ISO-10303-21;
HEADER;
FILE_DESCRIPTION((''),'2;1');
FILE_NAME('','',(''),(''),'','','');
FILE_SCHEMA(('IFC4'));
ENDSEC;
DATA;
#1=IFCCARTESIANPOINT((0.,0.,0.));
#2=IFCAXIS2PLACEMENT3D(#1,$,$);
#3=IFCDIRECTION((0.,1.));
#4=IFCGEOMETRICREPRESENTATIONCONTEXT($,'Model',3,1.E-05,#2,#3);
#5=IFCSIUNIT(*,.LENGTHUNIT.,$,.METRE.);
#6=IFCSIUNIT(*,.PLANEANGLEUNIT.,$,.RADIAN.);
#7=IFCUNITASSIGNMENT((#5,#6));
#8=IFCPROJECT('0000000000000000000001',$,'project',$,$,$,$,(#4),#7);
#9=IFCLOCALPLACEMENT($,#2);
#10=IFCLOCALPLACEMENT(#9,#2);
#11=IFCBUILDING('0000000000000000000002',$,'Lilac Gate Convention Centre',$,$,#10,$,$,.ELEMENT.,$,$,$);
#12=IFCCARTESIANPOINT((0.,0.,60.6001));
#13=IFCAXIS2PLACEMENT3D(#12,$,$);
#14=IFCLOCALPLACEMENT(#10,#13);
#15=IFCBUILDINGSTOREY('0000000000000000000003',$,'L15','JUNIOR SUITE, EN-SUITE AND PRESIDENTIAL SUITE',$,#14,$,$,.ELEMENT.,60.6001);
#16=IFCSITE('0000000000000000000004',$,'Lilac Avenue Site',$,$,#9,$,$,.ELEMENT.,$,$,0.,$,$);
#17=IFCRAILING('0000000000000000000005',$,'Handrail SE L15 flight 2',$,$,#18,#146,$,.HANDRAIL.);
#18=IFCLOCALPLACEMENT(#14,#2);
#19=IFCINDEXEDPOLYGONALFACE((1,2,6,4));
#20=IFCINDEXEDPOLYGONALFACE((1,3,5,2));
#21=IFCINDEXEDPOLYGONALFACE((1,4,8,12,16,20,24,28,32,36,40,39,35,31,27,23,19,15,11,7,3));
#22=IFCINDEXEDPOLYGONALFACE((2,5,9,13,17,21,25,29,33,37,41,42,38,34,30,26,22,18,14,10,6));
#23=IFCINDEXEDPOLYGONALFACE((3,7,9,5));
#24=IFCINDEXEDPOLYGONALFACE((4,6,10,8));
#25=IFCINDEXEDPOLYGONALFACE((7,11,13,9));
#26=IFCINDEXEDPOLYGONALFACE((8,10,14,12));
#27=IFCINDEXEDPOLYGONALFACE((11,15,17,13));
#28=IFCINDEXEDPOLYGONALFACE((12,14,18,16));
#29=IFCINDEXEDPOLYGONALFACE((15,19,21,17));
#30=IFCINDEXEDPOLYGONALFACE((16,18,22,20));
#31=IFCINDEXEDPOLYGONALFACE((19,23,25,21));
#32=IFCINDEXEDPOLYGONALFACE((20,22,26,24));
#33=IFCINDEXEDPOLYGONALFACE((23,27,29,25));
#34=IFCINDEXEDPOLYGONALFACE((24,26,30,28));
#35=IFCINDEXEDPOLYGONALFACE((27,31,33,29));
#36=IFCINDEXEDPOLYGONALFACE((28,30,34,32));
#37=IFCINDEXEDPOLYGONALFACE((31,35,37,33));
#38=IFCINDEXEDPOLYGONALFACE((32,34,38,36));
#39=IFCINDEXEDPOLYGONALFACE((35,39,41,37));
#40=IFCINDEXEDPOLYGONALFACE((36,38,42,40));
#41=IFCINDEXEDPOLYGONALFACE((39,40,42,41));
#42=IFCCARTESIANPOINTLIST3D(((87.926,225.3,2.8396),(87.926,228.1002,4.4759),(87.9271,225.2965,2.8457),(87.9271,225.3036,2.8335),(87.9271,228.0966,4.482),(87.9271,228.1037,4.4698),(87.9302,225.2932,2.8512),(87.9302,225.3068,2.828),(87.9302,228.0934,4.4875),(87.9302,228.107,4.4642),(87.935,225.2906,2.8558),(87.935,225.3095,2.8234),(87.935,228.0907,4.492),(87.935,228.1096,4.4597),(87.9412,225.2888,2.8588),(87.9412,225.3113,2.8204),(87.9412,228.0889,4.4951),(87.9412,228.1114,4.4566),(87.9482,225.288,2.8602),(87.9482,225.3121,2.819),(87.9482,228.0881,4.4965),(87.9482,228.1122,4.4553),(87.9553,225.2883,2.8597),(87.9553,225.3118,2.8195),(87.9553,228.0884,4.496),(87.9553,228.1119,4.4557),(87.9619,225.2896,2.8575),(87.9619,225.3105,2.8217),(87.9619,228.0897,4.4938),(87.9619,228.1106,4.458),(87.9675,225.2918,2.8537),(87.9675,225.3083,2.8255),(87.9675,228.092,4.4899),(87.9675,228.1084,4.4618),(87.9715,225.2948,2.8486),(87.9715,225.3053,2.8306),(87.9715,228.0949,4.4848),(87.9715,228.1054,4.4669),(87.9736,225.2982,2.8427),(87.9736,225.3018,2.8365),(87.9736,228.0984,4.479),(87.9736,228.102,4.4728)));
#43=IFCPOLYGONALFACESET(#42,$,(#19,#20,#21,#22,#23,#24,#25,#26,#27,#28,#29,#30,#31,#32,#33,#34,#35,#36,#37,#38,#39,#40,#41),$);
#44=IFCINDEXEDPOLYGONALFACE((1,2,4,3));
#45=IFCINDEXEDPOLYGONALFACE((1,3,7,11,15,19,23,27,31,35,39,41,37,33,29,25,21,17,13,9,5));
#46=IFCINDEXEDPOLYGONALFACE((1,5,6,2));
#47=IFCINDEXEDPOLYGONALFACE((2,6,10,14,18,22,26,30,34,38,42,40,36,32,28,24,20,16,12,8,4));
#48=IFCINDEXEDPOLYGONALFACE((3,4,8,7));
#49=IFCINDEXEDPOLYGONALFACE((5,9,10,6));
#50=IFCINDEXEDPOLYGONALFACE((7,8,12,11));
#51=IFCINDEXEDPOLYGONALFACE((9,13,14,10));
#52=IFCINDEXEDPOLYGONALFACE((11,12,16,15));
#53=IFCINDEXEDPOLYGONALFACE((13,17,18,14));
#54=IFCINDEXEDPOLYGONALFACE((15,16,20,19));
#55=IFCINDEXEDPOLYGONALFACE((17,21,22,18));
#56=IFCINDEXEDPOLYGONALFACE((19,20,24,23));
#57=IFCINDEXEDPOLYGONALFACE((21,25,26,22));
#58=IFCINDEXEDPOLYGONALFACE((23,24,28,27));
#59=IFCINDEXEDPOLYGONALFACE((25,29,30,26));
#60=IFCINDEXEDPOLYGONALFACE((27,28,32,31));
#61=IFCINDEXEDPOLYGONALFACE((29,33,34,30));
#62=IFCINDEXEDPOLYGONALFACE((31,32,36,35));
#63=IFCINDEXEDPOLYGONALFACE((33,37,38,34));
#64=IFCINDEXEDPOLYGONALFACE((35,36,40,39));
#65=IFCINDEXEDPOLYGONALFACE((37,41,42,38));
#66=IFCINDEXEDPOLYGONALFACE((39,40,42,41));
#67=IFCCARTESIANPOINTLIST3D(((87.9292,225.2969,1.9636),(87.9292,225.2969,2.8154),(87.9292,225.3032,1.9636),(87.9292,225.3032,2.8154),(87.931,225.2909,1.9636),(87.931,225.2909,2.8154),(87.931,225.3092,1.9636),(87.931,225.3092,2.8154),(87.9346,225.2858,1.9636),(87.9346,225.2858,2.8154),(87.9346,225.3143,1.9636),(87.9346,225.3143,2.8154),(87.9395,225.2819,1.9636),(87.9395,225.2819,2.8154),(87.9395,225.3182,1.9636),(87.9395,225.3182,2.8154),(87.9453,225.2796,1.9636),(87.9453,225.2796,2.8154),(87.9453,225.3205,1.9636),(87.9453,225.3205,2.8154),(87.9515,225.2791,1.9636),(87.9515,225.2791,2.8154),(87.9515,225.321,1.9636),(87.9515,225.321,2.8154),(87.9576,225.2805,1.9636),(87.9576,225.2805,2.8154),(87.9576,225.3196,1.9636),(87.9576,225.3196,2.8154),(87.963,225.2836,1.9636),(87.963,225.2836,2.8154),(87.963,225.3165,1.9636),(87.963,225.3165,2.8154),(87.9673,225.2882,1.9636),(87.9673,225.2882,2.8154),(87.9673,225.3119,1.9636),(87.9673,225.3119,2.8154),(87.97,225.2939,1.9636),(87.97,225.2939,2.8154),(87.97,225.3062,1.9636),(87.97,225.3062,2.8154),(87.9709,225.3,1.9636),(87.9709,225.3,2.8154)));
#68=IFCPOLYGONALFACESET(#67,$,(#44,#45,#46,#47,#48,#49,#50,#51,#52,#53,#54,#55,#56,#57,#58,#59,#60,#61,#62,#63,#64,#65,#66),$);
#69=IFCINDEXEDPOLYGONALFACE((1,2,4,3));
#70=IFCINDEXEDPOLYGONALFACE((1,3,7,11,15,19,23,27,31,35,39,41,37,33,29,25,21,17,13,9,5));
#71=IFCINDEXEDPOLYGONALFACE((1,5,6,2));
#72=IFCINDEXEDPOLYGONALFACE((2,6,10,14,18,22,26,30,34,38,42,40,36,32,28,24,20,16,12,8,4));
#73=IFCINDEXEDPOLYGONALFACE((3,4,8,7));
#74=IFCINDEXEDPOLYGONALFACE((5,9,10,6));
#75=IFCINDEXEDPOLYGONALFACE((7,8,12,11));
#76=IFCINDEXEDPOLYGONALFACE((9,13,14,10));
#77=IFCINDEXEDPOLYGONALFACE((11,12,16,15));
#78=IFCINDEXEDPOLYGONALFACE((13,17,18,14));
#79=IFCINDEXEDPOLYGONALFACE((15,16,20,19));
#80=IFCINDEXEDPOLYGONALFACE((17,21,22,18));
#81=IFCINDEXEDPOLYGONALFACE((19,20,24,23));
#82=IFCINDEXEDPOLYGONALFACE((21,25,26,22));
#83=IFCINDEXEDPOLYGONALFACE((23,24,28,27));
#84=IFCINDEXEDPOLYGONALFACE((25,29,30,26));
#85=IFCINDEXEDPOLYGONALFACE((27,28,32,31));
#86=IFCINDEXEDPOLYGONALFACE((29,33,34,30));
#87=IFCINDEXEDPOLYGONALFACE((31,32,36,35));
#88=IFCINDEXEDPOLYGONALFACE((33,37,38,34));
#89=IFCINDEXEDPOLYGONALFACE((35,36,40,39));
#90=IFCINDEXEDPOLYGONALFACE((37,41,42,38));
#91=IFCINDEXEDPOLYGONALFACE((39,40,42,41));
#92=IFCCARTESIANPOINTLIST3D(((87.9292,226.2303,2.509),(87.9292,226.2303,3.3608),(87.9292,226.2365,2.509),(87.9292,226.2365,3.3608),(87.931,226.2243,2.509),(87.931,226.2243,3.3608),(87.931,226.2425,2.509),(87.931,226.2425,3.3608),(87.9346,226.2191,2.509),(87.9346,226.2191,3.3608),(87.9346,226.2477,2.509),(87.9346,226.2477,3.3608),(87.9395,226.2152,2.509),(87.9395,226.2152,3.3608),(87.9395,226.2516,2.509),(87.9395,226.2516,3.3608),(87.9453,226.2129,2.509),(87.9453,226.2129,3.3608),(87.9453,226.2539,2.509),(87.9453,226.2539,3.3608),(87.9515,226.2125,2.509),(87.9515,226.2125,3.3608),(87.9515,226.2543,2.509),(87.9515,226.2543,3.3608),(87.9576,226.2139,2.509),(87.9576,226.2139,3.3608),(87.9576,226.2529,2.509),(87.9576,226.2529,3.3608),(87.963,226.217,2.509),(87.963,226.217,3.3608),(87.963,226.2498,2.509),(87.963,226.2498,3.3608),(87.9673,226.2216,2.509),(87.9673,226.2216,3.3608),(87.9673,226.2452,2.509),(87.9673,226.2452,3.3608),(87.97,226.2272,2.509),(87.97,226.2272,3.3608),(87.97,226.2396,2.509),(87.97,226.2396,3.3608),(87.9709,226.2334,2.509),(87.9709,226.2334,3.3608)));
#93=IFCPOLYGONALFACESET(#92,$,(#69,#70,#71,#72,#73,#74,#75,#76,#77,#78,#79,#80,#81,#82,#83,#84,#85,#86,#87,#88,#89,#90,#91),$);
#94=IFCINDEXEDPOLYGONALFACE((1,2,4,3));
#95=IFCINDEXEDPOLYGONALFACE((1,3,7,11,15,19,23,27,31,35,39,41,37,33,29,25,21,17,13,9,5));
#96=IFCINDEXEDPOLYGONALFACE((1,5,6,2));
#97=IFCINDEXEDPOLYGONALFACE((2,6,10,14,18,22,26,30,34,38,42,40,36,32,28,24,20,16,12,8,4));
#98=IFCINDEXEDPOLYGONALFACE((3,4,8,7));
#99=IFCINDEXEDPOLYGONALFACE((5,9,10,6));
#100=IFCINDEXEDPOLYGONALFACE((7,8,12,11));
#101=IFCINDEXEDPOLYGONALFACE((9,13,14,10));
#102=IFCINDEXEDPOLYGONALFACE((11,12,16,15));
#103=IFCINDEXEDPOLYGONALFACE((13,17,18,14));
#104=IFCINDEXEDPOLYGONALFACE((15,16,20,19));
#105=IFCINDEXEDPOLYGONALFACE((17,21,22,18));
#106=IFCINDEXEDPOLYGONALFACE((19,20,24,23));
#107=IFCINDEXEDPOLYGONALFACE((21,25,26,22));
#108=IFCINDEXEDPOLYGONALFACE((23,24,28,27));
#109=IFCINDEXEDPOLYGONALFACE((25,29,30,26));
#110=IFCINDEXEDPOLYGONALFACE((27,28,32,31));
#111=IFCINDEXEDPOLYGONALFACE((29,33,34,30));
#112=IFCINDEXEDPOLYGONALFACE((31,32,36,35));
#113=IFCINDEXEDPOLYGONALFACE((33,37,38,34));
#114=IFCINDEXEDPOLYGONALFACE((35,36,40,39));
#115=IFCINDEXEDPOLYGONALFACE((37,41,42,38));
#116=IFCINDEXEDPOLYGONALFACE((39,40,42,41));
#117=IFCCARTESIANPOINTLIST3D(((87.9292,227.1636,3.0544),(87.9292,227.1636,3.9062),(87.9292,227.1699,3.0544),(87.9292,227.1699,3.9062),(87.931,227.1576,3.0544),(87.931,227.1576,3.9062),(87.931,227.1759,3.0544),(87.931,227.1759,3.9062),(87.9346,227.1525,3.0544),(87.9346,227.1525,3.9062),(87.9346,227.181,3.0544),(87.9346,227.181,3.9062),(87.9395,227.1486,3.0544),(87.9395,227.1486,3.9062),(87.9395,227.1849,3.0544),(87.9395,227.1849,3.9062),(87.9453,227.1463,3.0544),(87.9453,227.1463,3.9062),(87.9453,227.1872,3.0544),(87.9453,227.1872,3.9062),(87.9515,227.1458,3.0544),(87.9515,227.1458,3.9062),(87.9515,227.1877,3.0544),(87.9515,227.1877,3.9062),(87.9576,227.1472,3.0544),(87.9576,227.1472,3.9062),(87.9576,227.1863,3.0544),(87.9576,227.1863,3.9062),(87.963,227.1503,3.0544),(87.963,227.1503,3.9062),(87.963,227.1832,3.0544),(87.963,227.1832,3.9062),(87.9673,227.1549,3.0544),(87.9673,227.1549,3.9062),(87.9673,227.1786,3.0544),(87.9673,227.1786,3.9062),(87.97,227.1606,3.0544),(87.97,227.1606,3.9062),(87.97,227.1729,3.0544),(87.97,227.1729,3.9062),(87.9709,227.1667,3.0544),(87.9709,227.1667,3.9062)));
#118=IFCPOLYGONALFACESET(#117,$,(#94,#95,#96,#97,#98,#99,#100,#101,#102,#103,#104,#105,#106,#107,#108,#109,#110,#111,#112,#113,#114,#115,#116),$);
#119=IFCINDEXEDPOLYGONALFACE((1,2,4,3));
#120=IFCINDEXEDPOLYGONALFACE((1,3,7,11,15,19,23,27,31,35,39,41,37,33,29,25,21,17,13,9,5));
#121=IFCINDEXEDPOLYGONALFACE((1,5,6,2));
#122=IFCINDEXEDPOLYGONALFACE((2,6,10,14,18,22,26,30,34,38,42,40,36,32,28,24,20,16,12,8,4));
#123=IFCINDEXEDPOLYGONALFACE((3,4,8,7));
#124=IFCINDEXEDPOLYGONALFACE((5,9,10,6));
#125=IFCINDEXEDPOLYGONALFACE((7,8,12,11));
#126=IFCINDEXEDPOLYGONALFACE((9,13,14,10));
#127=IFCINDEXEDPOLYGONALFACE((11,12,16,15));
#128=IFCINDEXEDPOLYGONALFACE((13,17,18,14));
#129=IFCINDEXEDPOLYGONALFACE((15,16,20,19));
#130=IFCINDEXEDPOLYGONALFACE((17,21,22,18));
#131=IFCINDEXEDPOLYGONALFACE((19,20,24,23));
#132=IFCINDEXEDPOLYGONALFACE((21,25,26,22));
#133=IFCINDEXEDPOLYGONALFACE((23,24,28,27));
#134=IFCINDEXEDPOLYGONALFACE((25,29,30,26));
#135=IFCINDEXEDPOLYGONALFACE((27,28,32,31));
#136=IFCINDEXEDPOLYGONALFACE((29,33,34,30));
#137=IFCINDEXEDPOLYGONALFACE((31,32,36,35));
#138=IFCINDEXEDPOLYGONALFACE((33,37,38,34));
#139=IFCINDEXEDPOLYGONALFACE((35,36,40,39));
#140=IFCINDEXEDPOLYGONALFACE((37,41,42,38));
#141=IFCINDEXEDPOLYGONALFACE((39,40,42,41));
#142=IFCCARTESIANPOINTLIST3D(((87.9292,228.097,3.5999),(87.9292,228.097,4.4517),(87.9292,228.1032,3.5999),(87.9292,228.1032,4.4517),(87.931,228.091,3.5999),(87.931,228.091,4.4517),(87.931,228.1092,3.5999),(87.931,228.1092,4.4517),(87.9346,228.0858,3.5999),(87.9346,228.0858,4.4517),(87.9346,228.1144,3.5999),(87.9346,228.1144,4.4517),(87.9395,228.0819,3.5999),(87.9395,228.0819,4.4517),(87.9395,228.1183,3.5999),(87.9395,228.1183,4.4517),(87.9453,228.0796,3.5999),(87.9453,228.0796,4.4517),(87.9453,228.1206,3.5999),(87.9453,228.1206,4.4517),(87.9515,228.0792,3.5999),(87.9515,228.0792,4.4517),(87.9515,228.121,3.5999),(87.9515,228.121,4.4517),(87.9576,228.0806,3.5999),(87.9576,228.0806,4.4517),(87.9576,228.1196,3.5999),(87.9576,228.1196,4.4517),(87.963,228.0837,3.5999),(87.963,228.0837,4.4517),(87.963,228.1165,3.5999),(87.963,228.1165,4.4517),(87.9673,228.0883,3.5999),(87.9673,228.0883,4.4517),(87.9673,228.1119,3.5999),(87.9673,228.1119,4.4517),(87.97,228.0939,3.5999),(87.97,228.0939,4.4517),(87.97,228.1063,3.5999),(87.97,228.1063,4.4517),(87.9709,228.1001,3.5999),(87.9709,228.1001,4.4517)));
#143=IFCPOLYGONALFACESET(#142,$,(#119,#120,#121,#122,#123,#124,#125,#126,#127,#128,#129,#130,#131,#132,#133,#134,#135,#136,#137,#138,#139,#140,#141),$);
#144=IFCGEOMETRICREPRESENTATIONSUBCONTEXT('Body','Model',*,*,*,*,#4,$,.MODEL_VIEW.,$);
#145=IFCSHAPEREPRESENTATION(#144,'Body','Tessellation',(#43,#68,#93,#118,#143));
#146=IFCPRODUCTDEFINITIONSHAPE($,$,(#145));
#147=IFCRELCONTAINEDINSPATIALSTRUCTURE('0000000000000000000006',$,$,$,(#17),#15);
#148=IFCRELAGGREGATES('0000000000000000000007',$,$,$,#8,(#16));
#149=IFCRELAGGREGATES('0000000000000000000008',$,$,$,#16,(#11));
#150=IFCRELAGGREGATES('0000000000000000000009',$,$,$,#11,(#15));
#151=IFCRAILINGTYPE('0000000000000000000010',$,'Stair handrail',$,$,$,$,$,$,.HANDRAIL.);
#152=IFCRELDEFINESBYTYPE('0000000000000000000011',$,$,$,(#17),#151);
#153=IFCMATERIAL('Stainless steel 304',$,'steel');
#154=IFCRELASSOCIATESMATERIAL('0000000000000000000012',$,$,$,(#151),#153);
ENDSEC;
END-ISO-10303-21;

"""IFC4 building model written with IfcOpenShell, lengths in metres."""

from ifc_helpers import new_model, si_unit, direction, frame, origin, origin_2d, place, context, subcontext, project, spatial, circle, extrude, material, type_object, element, save


model = new_model("IFC4")

# Units and contexts
model_context = context("Model", 3, precision=1e-05, world=origin(), true_north=direction((0.0, 1.0)))
body_context = subcontext(model_context, "Body", "Model", "MODEL_VIEW")
ifc_project = project(units=[si_unit("LENGTHUNIT", "METRE"), si_unit("PLANEANGLEUNIT", "RADIAN")], contexts=[model_context])

# Site, building, storey
site_placement = place(None, origin())
site = spatial("IfcSite", under=ifc_project, at=site_placement, Name="Lilac Avenue Site", CompositionType="ELEMENT", RefElevation=0.0)
building_placement = place(site_placement, origin())
building = spatial("IfcBuilding", under=site, at=building_placement, Name="Lilac Gate Convention Centre", CompositionType="ELEMENT")
storey_placement = place(building_placement, frame((0.0, 0.0, 60.6001)))
storey = spatial("IfcBuildingStorey", under=building, at=storey_placement, Name="L15", Description="JUNIOR SUITE, EN-SUITE AND PRESIDENTIAL SUITE", CompositionType="ELEMENT", Elevation=60.6001)

# Railing
ifc_material_1 = material(Name="Stainless steel 304", Category="steel")
railing_type = type_object("IfcRailingType", Name="Stair handrail", PredefinedType="HANDRAIL", material=ifc_material_1)
for number, where, name in (
    (1, (87.95, 225.3, 1.9636), "Handrail SE L15 flight 2"),
):
    element("IfcRailing", number, at=place(storey_placement, frame(where)), inside=storey, type_object=railing_type, Name=name, PredefinedType="HANDRAIL", context=body_context, shape_type="SweptSolid", body=[
        extrude(circle(Radius=0.0239, at=origin_2d()), frame((0.0, 0.0, 0.876), z_axis=(0.0, 0.863394, 0.504531), x_axis=(-1.0, 0.0, 0.0)), (0.0, 0.0, 1.0), 3.2432),
        extrude(circle(Radius=0.021, at=origin_2d()), origin(), (0.0, 0.0, 1.0), 0.8518),
        extrude(circle(Radius=0.021, at=origin_2d()), frame((0.0, 0.9333, 0.5454)), (0.0, 0.0, 1.0), 0.8518),
        extrude(circle(Radius=0.021, at=origin_2d()), frame((0.0, 1.8667, 1.0908)), (0.0, 0.0, 1.0), 0.8518),
        extrude(circle(Radius=0.021, at=origin_2d()), frame((0.0, 2.8, 1.6362)), (0.0, 0.0, 1.0), 0.8518),
    ])

save(model, "model.ifc")
